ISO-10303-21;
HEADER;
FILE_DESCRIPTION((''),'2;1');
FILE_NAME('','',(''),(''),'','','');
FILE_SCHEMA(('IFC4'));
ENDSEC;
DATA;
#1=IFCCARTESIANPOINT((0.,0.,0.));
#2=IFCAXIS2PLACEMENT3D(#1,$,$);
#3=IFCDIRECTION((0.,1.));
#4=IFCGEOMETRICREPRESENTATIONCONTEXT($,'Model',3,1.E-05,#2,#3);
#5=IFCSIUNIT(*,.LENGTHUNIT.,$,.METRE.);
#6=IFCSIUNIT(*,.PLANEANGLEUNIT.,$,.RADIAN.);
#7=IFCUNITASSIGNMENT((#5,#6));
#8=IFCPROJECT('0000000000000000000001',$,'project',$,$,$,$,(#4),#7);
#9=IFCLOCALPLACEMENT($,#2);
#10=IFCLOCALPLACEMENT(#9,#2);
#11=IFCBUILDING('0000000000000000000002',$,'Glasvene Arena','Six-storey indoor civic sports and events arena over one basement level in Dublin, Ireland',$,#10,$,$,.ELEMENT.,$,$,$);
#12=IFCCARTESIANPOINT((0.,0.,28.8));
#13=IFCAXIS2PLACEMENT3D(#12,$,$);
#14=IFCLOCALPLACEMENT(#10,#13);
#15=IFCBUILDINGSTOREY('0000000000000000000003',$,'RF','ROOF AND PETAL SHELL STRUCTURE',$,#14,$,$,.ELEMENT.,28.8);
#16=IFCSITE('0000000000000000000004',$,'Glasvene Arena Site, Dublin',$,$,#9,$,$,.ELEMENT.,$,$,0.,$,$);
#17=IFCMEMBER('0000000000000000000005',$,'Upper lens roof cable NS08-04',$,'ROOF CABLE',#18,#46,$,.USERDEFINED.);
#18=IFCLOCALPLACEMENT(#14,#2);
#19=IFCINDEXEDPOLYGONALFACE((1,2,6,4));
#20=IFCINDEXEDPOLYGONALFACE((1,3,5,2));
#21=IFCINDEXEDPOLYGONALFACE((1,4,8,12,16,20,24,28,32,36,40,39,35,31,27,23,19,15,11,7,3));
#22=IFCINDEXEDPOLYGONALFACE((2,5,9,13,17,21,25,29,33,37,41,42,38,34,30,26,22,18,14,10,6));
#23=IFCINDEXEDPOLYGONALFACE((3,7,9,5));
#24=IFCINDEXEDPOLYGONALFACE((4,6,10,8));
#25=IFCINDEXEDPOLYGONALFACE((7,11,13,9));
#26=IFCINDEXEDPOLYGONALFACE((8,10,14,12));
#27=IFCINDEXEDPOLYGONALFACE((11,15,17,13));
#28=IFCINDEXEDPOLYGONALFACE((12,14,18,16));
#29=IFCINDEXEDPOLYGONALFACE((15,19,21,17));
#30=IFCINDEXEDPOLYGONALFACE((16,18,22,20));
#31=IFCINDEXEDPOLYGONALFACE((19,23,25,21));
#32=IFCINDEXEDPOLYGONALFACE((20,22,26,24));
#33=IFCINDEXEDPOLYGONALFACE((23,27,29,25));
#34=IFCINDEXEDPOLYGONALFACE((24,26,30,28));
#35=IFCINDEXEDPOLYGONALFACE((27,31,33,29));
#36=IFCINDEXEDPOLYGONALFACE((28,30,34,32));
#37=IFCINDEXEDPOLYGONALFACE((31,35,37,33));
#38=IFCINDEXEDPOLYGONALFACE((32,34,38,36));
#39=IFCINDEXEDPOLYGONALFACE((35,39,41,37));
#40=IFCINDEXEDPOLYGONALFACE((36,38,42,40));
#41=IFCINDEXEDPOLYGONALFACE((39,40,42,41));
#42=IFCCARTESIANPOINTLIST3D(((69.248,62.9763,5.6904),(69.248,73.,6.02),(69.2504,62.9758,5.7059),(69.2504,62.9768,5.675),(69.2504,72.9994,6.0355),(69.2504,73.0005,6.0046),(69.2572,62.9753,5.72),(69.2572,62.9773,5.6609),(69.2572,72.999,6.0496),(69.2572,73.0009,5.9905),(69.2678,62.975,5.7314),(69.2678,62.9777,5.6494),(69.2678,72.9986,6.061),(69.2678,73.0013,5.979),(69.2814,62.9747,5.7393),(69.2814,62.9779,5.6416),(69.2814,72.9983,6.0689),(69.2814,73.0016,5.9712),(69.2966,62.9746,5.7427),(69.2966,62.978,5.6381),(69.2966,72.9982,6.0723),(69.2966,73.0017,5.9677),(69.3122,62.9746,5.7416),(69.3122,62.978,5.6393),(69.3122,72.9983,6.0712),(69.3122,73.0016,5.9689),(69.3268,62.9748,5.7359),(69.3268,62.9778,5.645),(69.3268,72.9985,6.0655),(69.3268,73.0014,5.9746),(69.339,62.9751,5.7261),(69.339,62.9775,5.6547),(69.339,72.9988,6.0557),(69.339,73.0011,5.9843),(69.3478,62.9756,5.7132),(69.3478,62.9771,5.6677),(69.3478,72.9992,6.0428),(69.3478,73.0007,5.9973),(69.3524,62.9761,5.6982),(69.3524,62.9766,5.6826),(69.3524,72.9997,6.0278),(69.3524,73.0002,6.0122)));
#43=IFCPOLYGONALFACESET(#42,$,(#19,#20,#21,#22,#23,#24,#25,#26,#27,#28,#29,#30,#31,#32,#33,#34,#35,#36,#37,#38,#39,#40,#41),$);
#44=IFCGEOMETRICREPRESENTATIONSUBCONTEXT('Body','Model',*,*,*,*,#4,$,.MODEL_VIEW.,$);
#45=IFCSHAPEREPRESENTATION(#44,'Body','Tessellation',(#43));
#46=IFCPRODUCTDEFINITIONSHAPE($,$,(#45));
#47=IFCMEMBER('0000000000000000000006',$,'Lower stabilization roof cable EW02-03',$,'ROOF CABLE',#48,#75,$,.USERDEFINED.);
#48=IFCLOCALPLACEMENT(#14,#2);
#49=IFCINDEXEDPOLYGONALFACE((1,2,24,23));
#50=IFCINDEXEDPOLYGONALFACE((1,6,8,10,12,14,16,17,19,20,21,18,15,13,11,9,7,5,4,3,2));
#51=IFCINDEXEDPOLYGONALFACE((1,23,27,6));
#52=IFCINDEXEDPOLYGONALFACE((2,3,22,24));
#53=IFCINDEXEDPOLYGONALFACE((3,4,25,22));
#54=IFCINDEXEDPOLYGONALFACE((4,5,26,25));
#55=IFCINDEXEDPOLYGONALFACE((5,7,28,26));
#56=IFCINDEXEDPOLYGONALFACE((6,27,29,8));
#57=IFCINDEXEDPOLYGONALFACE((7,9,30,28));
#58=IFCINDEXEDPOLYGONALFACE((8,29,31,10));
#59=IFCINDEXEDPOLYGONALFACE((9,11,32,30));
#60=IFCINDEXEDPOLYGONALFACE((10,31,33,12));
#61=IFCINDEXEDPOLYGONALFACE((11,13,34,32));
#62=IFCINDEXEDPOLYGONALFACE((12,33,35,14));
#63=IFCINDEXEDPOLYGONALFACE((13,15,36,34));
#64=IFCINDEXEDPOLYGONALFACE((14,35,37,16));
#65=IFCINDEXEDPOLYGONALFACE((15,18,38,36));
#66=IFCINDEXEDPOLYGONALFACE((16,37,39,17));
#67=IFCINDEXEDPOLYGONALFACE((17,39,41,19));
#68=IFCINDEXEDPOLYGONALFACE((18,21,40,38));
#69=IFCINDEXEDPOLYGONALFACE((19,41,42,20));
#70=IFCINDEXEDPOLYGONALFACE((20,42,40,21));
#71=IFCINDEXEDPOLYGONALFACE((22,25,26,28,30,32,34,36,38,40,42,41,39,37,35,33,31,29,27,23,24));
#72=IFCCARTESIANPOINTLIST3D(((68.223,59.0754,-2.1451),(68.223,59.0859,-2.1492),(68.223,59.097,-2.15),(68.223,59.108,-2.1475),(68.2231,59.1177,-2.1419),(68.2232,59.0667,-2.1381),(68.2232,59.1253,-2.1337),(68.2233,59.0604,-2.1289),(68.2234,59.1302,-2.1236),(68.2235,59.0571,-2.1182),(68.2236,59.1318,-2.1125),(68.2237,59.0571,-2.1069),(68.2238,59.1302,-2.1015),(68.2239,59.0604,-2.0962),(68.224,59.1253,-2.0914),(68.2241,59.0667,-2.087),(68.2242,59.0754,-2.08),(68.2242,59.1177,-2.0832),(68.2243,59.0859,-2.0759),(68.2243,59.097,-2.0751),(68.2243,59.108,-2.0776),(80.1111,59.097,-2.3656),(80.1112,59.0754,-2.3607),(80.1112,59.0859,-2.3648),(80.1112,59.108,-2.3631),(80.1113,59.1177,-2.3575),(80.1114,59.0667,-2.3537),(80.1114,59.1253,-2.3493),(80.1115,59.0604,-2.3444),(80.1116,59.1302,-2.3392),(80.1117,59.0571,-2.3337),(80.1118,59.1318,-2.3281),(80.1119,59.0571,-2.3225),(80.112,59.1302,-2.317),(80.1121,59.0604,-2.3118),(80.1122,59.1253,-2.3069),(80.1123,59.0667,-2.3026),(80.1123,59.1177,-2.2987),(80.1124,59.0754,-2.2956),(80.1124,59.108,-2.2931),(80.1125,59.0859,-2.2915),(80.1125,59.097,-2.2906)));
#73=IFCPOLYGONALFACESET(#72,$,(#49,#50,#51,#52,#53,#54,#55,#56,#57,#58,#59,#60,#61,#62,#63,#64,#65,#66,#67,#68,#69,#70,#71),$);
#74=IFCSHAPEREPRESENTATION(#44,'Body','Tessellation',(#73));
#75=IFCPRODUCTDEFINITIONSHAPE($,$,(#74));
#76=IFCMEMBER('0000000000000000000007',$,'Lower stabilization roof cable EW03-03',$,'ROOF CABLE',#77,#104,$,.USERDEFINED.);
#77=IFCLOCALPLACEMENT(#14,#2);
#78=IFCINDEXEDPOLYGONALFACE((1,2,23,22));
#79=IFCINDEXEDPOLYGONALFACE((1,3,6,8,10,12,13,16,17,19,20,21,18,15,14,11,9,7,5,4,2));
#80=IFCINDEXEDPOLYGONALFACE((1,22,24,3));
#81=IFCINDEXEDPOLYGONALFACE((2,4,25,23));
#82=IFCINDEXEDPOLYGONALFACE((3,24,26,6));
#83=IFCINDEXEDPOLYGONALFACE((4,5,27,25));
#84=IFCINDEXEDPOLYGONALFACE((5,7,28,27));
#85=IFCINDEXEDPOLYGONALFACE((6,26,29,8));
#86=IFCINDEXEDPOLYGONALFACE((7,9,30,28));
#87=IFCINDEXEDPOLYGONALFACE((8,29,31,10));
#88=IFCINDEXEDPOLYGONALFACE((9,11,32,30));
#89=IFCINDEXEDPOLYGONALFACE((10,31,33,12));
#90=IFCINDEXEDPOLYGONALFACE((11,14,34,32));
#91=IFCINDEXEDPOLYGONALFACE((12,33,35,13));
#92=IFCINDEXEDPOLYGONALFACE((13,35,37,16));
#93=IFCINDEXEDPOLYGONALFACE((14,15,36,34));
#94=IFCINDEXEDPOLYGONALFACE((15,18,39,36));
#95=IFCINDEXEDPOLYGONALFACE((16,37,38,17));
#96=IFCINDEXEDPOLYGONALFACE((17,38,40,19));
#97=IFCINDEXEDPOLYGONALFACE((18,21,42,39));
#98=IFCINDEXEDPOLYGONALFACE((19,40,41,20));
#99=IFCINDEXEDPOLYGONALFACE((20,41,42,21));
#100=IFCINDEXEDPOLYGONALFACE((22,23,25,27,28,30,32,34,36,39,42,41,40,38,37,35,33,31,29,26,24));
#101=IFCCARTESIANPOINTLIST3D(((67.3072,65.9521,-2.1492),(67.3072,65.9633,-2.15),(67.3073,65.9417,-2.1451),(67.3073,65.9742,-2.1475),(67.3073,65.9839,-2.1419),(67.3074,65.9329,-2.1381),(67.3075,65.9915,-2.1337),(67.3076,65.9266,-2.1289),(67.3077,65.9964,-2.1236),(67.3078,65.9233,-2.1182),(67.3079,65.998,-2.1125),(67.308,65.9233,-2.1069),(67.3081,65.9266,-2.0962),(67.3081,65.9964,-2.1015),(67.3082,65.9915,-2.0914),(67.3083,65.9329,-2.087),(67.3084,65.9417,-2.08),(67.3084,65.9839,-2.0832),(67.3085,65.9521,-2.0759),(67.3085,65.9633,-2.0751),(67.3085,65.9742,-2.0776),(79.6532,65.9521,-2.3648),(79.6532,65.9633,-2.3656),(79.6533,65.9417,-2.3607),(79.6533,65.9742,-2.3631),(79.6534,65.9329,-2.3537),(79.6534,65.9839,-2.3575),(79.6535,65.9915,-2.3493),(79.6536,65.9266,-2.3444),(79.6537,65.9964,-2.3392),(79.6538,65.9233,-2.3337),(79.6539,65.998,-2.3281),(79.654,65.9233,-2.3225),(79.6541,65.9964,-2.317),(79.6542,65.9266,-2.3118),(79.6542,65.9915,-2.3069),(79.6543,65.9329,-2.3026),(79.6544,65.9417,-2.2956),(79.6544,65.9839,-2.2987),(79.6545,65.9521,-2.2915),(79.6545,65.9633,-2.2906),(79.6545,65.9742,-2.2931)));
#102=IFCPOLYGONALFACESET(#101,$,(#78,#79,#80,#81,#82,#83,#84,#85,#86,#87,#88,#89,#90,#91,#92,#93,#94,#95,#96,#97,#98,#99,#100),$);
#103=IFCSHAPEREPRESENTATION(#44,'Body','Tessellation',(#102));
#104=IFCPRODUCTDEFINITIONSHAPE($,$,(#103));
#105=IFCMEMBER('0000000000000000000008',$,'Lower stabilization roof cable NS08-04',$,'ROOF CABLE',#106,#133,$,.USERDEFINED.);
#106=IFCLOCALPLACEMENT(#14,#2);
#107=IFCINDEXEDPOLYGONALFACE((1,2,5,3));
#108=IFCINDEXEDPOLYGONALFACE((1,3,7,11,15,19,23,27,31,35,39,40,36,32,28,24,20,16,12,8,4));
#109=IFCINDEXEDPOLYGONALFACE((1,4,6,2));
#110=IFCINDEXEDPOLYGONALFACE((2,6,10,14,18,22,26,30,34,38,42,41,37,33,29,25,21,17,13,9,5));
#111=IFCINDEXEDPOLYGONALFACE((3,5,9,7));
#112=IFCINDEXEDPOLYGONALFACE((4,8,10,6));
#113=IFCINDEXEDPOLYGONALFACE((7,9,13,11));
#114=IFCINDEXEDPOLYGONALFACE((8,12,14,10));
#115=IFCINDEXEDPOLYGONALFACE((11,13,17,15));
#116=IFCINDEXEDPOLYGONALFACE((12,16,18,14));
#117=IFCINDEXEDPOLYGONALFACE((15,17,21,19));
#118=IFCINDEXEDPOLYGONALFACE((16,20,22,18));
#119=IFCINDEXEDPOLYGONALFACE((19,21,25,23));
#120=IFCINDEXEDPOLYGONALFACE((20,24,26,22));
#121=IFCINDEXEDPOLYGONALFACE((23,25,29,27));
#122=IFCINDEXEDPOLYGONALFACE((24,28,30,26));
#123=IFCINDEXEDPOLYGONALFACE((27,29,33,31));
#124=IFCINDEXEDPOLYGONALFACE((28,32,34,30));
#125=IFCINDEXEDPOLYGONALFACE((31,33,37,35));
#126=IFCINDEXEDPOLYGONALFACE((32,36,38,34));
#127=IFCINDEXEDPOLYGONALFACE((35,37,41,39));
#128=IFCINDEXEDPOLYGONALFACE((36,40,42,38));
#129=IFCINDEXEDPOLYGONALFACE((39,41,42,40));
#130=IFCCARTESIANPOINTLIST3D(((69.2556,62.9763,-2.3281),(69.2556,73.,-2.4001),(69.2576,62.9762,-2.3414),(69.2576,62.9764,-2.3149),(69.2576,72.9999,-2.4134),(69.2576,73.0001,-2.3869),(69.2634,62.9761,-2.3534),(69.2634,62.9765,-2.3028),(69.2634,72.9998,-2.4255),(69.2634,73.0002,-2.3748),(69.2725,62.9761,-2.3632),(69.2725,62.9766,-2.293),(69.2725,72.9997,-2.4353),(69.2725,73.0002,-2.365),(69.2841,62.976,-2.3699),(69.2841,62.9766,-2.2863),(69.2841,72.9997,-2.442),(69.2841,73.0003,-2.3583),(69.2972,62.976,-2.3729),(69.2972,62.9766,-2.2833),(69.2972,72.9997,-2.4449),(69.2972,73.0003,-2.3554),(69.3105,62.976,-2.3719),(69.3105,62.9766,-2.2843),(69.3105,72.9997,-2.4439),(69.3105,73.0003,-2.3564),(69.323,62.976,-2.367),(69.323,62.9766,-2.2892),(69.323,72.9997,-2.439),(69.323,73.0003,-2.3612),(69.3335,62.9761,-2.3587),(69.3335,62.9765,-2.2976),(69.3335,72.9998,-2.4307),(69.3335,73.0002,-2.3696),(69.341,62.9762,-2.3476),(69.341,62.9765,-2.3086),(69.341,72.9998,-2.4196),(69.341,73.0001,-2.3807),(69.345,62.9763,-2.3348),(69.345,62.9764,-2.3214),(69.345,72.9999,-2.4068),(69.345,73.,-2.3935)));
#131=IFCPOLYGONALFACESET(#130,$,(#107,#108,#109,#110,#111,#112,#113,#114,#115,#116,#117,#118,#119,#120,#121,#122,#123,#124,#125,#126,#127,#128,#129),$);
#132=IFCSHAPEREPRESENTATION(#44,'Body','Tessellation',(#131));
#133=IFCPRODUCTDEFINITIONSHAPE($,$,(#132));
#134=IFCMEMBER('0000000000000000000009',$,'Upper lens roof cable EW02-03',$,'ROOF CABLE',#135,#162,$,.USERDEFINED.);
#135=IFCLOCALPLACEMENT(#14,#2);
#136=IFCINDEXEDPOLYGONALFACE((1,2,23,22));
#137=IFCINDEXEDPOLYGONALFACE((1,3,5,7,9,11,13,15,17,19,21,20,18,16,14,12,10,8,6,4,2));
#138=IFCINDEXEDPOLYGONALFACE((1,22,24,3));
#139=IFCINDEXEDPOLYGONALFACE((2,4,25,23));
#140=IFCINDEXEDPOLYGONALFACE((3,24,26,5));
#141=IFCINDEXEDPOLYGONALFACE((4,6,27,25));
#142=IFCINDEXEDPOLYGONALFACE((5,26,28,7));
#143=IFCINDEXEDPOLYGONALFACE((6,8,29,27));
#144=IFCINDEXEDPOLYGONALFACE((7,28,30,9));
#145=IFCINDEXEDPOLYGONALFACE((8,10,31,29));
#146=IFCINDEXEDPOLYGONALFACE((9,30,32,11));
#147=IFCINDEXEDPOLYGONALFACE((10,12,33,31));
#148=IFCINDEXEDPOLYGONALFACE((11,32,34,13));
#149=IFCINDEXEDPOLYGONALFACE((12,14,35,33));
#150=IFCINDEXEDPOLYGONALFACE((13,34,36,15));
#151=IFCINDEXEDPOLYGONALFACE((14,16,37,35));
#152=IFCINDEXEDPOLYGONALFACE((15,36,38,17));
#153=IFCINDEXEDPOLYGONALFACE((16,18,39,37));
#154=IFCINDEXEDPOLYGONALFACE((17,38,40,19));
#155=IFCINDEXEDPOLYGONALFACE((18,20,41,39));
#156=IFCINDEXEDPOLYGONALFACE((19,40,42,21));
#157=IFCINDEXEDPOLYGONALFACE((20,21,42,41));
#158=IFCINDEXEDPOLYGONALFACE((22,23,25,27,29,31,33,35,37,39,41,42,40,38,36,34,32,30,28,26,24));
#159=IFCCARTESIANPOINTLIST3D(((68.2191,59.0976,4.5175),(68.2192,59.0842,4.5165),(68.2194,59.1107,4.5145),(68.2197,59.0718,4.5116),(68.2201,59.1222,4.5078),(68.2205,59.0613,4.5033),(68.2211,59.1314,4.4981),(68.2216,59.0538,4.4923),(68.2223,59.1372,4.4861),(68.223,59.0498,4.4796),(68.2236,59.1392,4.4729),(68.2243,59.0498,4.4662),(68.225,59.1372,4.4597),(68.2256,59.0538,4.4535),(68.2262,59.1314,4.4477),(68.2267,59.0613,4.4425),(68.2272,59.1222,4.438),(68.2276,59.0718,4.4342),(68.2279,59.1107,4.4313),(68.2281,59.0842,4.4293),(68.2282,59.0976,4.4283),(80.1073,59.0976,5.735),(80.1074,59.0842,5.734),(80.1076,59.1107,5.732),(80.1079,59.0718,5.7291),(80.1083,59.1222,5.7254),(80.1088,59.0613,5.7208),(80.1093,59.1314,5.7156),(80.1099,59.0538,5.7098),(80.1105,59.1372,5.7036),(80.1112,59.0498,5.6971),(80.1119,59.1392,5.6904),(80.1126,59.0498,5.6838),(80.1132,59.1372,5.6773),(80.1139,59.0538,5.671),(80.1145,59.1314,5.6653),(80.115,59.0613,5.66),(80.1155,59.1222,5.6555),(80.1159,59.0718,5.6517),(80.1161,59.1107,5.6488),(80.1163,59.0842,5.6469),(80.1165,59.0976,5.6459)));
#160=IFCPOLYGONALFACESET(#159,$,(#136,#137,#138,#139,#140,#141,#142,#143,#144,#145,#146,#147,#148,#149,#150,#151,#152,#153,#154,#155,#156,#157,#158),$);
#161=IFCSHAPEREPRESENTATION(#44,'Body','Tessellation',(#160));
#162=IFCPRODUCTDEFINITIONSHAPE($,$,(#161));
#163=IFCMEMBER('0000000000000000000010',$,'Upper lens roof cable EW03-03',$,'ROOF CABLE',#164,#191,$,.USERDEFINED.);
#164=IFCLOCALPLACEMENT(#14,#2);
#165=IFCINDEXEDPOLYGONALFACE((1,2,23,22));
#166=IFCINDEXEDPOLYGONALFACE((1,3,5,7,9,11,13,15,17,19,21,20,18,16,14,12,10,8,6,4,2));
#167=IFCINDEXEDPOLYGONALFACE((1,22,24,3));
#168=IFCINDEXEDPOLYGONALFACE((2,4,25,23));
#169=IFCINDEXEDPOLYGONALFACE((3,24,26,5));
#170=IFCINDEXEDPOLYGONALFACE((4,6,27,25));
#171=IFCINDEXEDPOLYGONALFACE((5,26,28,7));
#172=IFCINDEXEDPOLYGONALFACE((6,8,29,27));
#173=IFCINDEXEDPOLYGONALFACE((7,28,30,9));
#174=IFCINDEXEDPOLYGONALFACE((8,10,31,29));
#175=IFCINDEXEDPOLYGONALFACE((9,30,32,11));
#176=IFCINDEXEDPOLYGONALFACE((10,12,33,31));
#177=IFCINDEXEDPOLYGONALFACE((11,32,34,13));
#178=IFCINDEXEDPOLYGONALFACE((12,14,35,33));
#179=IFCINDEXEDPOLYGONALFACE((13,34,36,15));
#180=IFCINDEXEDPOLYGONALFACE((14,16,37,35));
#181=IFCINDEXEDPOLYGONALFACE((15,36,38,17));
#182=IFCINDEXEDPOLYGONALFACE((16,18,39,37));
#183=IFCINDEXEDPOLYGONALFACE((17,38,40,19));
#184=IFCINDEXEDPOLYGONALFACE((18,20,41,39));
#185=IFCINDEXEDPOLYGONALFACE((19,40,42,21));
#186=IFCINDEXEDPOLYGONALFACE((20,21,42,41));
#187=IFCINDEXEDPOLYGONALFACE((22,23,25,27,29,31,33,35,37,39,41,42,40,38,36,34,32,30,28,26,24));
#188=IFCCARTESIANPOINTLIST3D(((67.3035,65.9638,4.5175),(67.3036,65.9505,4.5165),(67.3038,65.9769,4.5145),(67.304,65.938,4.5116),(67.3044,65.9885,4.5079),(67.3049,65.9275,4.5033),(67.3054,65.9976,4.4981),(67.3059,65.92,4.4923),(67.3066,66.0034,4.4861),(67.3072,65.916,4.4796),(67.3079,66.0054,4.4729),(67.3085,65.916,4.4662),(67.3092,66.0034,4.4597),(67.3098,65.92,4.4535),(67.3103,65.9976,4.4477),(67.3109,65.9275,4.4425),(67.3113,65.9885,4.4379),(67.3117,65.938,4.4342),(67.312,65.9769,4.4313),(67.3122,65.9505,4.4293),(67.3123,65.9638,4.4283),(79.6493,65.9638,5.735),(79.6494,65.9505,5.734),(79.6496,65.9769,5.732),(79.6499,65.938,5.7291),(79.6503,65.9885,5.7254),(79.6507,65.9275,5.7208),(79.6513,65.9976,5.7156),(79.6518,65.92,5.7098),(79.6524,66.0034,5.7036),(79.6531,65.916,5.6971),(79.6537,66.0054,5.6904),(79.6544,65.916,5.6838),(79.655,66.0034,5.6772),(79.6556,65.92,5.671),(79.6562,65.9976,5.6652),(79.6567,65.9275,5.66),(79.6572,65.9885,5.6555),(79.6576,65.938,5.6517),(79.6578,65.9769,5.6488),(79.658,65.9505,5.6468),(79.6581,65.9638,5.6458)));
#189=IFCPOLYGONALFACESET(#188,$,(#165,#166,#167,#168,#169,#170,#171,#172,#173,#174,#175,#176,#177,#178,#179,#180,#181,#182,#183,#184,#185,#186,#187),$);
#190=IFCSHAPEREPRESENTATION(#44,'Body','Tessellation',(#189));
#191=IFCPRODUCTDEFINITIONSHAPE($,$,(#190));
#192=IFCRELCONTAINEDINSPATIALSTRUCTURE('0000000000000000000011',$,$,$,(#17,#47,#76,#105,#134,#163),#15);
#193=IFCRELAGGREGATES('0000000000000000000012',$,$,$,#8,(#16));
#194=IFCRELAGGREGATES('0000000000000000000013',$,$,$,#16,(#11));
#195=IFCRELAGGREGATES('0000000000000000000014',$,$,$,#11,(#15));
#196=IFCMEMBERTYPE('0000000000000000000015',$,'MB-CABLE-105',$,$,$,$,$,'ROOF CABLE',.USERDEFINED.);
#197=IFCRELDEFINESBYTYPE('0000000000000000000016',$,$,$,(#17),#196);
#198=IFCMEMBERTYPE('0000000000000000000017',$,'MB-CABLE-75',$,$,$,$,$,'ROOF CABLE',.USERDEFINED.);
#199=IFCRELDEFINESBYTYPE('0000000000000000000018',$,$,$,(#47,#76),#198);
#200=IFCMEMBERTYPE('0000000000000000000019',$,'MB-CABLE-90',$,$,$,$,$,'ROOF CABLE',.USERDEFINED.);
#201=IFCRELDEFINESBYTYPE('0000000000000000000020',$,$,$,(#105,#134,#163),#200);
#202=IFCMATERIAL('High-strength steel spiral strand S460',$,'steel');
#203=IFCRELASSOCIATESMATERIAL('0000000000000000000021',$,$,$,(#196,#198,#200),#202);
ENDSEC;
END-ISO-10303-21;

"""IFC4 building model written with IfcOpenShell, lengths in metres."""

from ifc_helpers import new_model, si_unit, direction, frame, origin, origin_2d, place, context, subcontext, project, spatial, circle, extrude, material, material_profile, profile_set, type_object, element, save


model = new_model("IFC4")

# Units and contexts
model_context = context("Model", 3, precision=1e-05, world=origin(), true_north=direction((0.0, 1.0)))
body_context = subcontext(model_context, "Body", "Model", "MODEL_VIEW")
ifc_project = project(units=[si_unit("LENGTHUNIT", "METRE"), si_unit("PLANEANGLEUNIT", "RADIAN")], contexts=[model_context])

# Site, building, storey
site_placement = place(None, origin())
site = spatial("IfcSite", under=ifc_project, at=site_placement, Name="Glasvene Arena Site, Dublin", CompositionType="ELEMENT", RefElevation=0.0)
building_placement = place(site_placement, origin())
building = spatial("IfcBuilding", under=site, at=building_placement, Name="Glasvene Arena", Description="Six-storey indoor civic sports and events arena over one basement level in Dublin, Ireland", CompositionType="ELEMENT")
storey_placement = place(building_placement, frame((0.0, 0.0, 28.8)))
storey = spatial("IfcBuildingStorey", under=building, at=storey_placement, Name="RF", Description="ROOF AND PETAL SHELL STRUCTURE", CompositionType="ELEMENT", Elevation=28.8)

# Members
ifc_material_1 = material(Name="High-strength steel spiral strand S460", Category="steel")
ifc_material_profile_1 = material_profile(ifc_material_1, circle(Radius=0.0525, at=origin_2d()), Name="LCSS D105")
ifc_profile_set_1 = profile_set([ifc_material_profile_1], Name="High-strength steel spiral strand S460")
member_type_1 = type_object("IfcMemberType", Name="MB-CABLE-105", ElementType="ROOF CABLE", PredefinedType="USERDEFINED", material=ifc_profile_set_1)
member_1_placement = place(storey_placement, frame((69.3005, 62.9763, 5.6904), z_axis=(0.0, 0.99946, 0.032863), x_axis=(-1.0, 0.0, 0.0)))
element("IfcMember", 1, at=member_1_placement, inside=storey, type_object=member_type_1, Name="Upper lens roof cable NS08-04", ObjectType="ROOF CABLE", PredefinedType="USERDEFINED", context=body_context, shape_type="SweptSolid", body=[
    extrude(circle(Radius=0.0525, at=origin_2d()), origin(), (0.0, 0.0, 1.0), 10.0291),
])
ifc_material_profile_2 = material_profile(ifc_material_1, circle(Radius=0.0376, at=origin_2d()), Name="LCSS D75")
ifc_profile_set_2 = profile_set([ifc_material_profile_2], Name="High-strength steel spiral strand S460")
member_type_2 = type_object("IfcMemberType", Name="MB-CABLE-75", ElementType="ROOF CABLE", PredefinedType="USERDEFINED", material=ifc_profile_set_2)
member_2_placement = place(storey_placement, frame((68.2236, 59.0942, -2.1125), z_axis=(0.999836, 0.0, -0.018131), x_axis=(0.0, 1.0, 0.0)))
element("IfcMember", 2, at=member_2_placement, inside=storey, type_object=member_type_2, Name="Lower stabilization roof cable EW02-03", ObjectType="ROOF CABLE", PredefinedType="USERDEFINED", context=body_context, shape_type="SweptSolid", body=[
    extrude(circle(Radius=0.0376, at=origin_2d()), origin(), (0.0, 0.0, 1.0), 11.8901),
])
member_3_placement = place(storey_placement, frame((67.3079, 65.9604, -2.1125), z_axis=(0.999848, 0.0, -0.017459), x_axis=(0.0, 1.0, 0.0)))
element("IfcMember", 3, at=member_3_placement, inside=storey, type_object=member_type_2, Name="Lower stabilization roof cable EW03-03", ObjectType="ROOF CABLE", PredefinedType="USERDEFINED", context=body_context, shape_type="SweptSolid", body=[
    extrude(circle(Radius=0.0376, at=origin_2d()), origin(), (0.0, 0.0, 1.0), 12.3479),
])
ifc_material_profile_3 = material_profile(ifc_material_1, circle(Radius=0.0449, at=origin_2d()), Name="LCSS D90")
ifc_profile_set_3 = profile_set([ifc_material_profile_3], Name="High-strength steel spiral strand S460")
member_type_3 = type_object("IfcMemberType", Name="MB-CABLE-90", ElementType="ROOF CABLE", PredefinedType="USERDEFINED", material=ifc_profile_set_3)
member_4_placement = place(storey_placement, frame((69.3005, 62.9763, -2.3281), z_axis=(0.0, 0.999974, -0.007185), x_axis=(-1.0, 0.0, 0.0)))
element("IfcMember", 4, at=member_4_placement, inside=storey, type_object=member_type_3, Name="Lower stabilization roof cable NS08-04", ObjectType="ROOF CABLE", PredefinedType="USERDEFINED", context=body_context, shape_type="SweptSolid", body=[
    extrude(circle(Radius=0.0449, at=origin_2d()), origin(), (0.0, 0.0, 1.0), 10.0239),
])
member_5_placement = place(storey_placement, frame((68.2236, 59.0942, 4.4729), z_axis=(0.994796, 0.0, 0.101882), x_axis=(0.0, 1.0, 0.0)))
element("IfcMember", 5, at=member_5_placement, inside=storey, type_object=member_type_3, Name="Upper lens roof cable EW02-03", ObjectType="ROOF CABLE", PredefinedType="USERDEFINED", context=body_context, shape_type="SweptSolid", body=[
    extrude(circle(Radius=0.0449, at=origin_2d()), origin(), (0.0, 0.0, 1.0), 11.9504),
])
member_6_placement = place(storey_placement, frame((67.3079, 65.9604, 4.4729), z_axis=(0.995172, 0.0, 0.098142), x_axis=(0.0, 1.0, 0.0)))
element("IfcMember", 6, at=member_6_placement, inside=storey, type_object=member_type_3, Name="Upper lens roof cable EW03-03", ObjectType="ROOF CABLE", PredefinedType="USERDEFINED", context=body_context, shape_type="SweptSolid", body=[
    extrude(circle(Radius=0.0449, at=origin_2d()), origin(), (0.0, 0.0, 1.0), 12.4058),
])

save(model, "model.ifc")
